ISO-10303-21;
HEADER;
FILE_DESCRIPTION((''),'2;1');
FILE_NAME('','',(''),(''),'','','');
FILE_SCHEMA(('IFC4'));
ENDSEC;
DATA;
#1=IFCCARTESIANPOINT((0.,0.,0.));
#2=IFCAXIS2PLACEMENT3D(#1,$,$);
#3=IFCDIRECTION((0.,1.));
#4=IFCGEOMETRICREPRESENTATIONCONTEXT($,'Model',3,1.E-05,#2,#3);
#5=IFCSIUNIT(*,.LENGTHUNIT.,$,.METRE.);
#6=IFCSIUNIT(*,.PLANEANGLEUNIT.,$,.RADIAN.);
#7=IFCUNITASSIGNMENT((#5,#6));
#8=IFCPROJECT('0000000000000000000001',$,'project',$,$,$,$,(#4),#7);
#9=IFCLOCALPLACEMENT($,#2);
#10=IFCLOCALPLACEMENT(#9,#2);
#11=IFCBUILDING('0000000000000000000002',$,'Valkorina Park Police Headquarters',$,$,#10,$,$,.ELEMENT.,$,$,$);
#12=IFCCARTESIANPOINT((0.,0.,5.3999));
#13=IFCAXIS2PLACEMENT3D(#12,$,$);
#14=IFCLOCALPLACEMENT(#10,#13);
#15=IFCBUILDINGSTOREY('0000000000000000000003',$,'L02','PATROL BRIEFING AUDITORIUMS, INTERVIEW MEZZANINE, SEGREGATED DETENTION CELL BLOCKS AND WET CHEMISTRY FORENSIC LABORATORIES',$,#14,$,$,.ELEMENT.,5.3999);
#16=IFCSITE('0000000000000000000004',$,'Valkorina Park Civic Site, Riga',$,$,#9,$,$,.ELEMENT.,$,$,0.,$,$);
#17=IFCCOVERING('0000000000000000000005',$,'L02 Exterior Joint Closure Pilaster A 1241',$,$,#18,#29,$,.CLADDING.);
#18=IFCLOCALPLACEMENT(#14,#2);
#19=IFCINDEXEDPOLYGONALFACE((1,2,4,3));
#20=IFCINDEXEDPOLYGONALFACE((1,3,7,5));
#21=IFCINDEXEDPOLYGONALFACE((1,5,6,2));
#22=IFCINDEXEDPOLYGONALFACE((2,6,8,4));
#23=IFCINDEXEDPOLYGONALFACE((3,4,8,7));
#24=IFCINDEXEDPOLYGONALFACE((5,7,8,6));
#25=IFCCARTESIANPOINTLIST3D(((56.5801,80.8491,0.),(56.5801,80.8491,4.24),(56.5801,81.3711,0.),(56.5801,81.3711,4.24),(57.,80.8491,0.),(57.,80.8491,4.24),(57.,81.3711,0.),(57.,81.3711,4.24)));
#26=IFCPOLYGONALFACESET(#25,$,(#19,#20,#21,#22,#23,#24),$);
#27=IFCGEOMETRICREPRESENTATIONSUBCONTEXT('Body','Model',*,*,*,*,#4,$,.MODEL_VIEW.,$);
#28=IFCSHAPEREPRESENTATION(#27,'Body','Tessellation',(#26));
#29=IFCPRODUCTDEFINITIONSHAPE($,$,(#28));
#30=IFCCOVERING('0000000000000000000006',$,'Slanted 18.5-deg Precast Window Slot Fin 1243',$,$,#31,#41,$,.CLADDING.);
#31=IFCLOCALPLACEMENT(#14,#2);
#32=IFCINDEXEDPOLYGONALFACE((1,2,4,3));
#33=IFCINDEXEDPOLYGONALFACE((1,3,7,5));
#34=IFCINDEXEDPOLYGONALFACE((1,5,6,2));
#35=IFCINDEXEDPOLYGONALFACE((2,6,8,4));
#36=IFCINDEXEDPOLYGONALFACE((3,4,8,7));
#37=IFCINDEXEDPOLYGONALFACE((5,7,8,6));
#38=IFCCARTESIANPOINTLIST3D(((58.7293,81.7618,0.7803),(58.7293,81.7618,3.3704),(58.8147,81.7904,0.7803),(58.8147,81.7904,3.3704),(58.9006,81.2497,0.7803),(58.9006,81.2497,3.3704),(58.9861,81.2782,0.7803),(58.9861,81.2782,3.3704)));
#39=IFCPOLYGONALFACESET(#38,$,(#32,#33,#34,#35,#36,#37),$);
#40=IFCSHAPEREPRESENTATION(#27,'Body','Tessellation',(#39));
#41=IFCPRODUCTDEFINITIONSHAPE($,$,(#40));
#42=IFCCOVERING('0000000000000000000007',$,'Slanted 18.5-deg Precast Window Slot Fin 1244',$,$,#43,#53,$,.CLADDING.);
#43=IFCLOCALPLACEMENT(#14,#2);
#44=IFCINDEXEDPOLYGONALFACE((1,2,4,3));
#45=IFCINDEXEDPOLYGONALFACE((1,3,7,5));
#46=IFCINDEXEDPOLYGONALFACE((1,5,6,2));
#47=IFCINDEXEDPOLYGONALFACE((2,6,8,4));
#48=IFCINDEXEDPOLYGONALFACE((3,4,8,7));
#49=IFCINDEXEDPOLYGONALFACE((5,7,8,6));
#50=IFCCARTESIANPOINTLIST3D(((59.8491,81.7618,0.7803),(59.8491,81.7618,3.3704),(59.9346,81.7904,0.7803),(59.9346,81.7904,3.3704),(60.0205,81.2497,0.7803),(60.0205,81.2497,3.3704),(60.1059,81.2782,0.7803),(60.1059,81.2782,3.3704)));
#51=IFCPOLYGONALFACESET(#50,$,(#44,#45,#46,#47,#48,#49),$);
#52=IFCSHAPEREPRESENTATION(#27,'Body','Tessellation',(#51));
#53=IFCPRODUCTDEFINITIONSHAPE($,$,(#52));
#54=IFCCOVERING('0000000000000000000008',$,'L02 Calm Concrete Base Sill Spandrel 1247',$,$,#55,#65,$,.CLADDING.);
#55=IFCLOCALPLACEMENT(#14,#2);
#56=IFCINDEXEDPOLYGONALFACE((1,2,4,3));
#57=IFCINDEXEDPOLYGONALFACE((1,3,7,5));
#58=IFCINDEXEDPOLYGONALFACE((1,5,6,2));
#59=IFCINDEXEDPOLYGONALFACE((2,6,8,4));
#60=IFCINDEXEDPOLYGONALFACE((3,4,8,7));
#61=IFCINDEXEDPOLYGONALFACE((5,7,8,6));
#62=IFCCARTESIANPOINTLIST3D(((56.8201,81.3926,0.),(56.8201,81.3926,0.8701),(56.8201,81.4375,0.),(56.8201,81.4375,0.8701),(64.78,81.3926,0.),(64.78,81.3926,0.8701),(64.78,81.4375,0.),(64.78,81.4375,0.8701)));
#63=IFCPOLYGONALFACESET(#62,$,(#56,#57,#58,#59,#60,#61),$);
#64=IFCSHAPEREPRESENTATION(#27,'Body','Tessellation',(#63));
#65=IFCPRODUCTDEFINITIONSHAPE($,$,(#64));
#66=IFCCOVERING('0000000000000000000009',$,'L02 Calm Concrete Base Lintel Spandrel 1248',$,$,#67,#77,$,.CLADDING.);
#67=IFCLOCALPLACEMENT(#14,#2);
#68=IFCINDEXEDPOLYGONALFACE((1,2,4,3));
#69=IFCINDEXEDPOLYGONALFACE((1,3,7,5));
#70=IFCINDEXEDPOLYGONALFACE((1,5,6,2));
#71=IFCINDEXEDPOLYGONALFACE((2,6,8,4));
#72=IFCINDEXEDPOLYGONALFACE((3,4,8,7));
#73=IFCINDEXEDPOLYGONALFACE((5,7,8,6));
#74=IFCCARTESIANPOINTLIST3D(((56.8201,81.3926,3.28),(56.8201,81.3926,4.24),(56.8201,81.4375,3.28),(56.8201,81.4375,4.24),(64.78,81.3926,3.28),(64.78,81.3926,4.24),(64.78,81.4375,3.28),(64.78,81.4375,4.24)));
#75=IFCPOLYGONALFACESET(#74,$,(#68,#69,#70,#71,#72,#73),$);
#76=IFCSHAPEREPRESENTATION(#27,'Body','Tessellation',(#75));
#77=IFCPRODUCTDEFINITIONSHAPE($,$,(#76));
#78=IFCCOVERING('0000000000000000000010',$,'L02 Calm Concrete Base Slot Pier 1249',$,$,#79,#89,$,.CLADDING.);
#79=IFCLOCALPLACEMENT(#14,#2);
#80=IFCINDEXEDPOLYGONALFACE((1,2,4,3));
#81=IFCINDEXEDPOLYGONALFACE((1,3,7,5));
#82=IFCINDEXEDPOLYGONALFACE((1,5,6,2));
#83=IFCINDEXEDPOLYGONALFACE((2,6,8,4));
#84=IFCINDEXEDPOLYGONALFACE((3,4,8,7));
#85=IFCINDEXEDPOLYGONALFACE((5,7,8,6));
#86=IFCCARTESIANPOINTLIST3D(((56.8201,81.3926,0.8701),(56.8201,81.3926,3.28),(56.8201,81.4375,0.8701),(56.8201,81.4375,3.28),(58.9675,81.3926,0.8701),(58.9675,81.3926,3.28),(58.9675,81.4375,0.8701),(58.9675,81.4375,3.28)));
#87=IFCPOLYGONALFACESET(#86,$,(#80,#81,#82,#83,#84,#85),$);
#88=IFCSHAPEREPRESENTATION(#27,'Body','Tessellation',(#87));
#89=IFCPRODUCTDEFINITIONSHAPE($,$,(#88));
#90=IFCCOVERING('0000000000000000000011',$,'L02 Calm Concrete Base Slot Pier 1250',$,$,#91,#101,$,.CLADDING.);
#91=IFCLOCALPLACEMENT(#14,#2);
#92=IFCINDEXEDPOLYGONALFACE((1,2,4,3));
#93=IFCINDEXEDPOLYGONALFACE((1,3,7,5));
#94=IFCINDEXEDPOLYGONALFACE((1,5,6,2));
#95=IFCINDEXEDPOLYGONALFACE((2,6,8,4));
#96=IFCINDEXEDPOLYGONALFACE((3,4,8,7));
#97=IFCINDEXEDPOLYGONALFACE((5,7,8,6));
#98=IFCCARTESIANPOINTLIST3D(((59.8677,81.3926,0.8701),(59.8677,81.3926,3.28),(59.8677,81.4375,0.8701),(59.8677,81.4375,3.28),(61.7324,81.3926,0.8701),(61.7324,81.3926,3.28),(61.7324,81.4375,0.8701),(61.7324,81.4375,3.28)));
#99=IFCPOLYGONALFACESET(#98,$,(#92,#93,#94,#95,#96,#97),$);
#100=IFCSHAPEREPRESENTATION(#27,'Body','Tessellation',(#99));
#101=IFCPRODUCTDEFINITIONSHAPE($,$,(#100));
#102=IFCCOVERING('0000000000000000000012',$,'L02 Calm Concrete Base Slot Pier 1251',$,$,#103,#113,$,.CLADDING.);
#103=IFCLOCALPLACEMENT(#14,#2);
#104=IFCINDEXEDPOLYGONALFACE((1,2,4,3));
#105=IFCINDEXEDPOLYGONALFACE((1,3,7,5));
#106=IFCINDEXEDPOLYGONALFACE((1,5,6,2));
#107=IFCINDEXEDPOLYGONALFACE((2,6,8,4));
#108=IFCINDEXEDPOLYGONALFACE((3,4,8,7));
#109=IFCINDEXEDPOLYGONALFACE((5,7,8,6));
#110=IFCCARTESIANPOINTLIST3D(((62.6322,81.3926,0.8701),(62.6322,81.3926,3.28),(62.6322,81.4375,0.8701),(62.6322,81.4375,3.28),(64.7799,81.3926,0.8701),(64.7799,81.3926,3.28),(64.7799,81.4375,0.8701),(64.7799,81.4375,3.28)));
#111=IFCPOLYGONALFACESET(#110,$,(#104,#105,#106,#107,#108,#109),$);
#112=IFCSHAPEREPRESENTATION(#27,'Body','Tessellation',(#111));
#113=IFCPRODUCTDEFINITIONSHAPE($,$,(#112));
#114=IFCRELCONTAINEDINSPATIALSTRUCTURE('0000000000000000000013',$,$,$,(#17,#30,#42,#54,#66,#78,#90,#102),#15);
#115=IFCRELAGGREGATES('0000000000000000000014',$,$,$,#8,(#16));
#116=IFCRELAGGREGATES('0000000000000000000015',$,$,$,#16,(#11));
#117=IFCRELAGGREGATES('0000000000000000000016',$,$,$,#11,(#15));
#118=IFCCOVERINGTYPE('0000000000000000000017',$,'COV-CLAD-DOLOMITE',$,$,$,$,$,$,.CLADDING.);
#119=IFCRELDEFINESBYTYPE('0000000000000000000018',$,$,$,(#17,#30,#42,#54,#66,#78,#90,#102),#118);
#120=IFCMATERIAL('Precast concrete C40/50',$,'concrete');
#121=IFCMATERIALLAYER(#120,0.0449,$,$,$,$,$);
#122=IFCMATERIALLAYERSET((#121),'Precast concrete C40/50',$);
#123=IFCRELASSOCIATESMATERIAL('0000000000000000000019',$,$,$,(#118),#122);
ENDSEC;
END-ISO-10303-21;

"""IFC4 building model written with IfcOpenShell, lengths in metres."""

from ifc_helpers import new_model, si_unit, direction, frame, frame_2d, origin, origin_2d, place, context, subcontext, project, spatial, rectangle, extrude, material, layer, layer_set, type_object, element, save


model = new_model("IFC4")

# Units and contexts
model_context = context("Model", 3, precision=1e-05, world=origin(), true_north=direction((0.0, 1.0)))
body_context = subcontext(model_context, "Body", "Model", "MODEL_VIEW")
ifc_project = project(units=[si_unit("LENGTHUNIT", "METRE"), si_unit("PLANEANGLEUNIT", "RADIAN")], contexts=[model_context])

# Site, building, storey
site_placement = place(None, origin())
site = spatial("IfcSite", under=ifc_project, at=site_placement, Name="Valkorina Park Civic Site, Riga", CompositionType="ELEMENT", RefElevation=0.0)
building_placement = place(site_placement, origin())
building = spatial("IfcBuilding", under=site, at=building_placement, Name="Valkorina Park Police Headquarters", CompositionType="ELEMENT")
storey_placement = place(building_placement, frame((0.0, 0.0, 5.3999)))
storey = spatial("IfcBuildingStorey", under=building, at=storey_placement, Name="L02", Description="PATROL BRIEFING AUDITORIUMS, INTERVIEW MEZZANINE, SEGREGATED DETENTION CELL BLOCKS AND WET CHEMISTRY FORENSIC LABORATORIES", CompositionType="ELEMENT", Elevation=5.3999)

# Coverings
ifc_material_1 = material(Name="Precast concrete C40/50", Category="concrete")
ifc_layer_1 = layer(ifc_material_1, 0.0449)
ifc_layer_set_1 = layer_set([ifc_layer_1], Name="Precast concrete C40/50")
covering_type = type_object("IfcCoveringType", Name="COV-CLAD-DOLOMITE", PredefinedType="CLADDING", material=ifc_layer_set_1)
covering_1_placement = place(storey_placement, frame((56.79, 81.1101, 0.0), z_axis=(0.0, 0.0, 1.0), x_axis=(1.0, 0.0, 0.0)))
element("IfcCovering", 1, at=covering_1_placement, inside=storey, type_object=covering_type, Name="L02 Exterior Joint Closure Pilaster A 1241", PredefinedType="CLADDING", context=body_context, shape_type="SweptSolid", body=[
    extrude(rectangle(XDim=0.4199, YDim=0.522, at=origin_2d()), origin(), (0.0, 0.0, 1.0), 4.24),
])
for number, where, z_axis, x_axis, name in (
    (2, (58.8577, 81.52, 0.7803), (0.0, 0.0, 1.0), (-0.317305, 0.948324, 0.0), "Slanted 18.5-deg Precast Window Slot Fin 1243"),
    (3, (59.9775, 81.52, 0.7803), (0.0, 0.0, 1.0), (-0.317305, 0.948324, 0.0), "Slanted 18.5-deg Precast Window Slot Fin 1244"),
):
    element("IfcCovering", number, at=place(storey_placement, frame(where, z_axis=z_axis, x_axis=x_axis)), inside=storey, type_object=covering_type, Name=name, PredefinedType="CLADDING", context=body_context, shape_type="SweptSolid", body=[
        extrude(rectangle(XDim=0.54, YDim=0.0901, at=origin_2d()), origin(), (0.0, 0.0, 1.0), 2.5901),
    ])
covering_2_placement = place(storey_placement, frame((56.8201, 81.415, 0.0), z_axis=(0.0, 0.0, 1.0), x_axis=(1.0, 0.0, 0.0)))
element("IfcCovering", 4, at=covering_2_placement, inside=storey, type_object=covering_type, Name="L02 Calm Concrete Base Sill Spandrel 1247", PredefinedType="CLADDING", context=body_context, shape_type="SweptSolid", body=[
    extrude(rectangle(XDim=7.96, YDim=0.0449, at=frame_2d((3.98, 0.0))), origin(), (0.0, 0.0, 1.0), 0.8701),
])
covering_3_placement = place(storey_placement, frame((56.8201, 81.415, 3.28), z_axis=(0.0, 0.0, 1.0), x_axis=(1.0, 0.0, 0.0)))
element("IfcCovering", 5, at=covering_3_placement, inside=storey, type_object=covering_type, Name="L02 Calm Concrete Base Lintel Spandrel 1248", PredefinedType="CLADDING", context=body_context, shape_type="SweptSolid", body=[
    extrude(rectangle(XDim=7.96, YDim=0.0449, at=frame_2d((3.98, 0.0))), origin(), (0.0, 0.0, 1.0), 0.96),
])
covering_4_placement = place(storey_placement, frame((56.8201, 81.415, 0.8701), z_axis=(0.0, 0.0, 1.0), x_axis=(1.0, 0.0, 0.0)))
element("IfcCovering", 6, at=covering_4_placement, inside=storey, type_object=covering_type, Name="L02 Calm Concrete Base Slot Pier 1249", PredefinedType="CLADDING", context=body_context, shape_type="SweptSolid", body=[
    extrude(rectangle(XDim=2.1475, YDim=0.0449, at=frame_2d((1.0737, 0.0))), origin(), (0.0, 0.0, 1.0), 2.4099),
])
covering_5_placement = place(storey_placement, frame((59.8677, 81.415, 0.8701), z_axis=(0.0, 0.0, 1.0), x_axis=(1.0, 0.0, 0.0)))
element("IfcCovering", 7, at=covering_5_placement, inside=storey, type_object=covering_type, Name="L02 Calm Concrete Base Slot Pier 1250", PredefinedType="CLADDING", context=body_context, shape_type="SweptSolid", body=[
    extrude(rectangle(XDim=1.8647, YDim=0.0449, at=frame_2d((0.9324, 0.0))), origin(), (0.0, 0.0, 1.0), 2.4099),
])
covering_6_placement = place(storey_placement, frame((62.6323, 81.415, 0.8701), z_axis=(0.0, 0.0, 1.0), x_axis=(1.0, 0.0, 0.0)))
element("IfcCovering", 8, at=covering_6_placement, inside=storey, type_object=covering_type, Name="L02 Calm Concrete Base Slot Pier 1251", PredefinedType="CLADDING", context=body_context, shape_type="SweptSolid", body=[
    extrude(rectangle(XDim=2.1477, YDim=0.0449, at=frame_2d((1.0737, 0.0))), origin(), (0.0, 0.0, 1.0), 2.4099),
])

save(model, "model.ifc")
